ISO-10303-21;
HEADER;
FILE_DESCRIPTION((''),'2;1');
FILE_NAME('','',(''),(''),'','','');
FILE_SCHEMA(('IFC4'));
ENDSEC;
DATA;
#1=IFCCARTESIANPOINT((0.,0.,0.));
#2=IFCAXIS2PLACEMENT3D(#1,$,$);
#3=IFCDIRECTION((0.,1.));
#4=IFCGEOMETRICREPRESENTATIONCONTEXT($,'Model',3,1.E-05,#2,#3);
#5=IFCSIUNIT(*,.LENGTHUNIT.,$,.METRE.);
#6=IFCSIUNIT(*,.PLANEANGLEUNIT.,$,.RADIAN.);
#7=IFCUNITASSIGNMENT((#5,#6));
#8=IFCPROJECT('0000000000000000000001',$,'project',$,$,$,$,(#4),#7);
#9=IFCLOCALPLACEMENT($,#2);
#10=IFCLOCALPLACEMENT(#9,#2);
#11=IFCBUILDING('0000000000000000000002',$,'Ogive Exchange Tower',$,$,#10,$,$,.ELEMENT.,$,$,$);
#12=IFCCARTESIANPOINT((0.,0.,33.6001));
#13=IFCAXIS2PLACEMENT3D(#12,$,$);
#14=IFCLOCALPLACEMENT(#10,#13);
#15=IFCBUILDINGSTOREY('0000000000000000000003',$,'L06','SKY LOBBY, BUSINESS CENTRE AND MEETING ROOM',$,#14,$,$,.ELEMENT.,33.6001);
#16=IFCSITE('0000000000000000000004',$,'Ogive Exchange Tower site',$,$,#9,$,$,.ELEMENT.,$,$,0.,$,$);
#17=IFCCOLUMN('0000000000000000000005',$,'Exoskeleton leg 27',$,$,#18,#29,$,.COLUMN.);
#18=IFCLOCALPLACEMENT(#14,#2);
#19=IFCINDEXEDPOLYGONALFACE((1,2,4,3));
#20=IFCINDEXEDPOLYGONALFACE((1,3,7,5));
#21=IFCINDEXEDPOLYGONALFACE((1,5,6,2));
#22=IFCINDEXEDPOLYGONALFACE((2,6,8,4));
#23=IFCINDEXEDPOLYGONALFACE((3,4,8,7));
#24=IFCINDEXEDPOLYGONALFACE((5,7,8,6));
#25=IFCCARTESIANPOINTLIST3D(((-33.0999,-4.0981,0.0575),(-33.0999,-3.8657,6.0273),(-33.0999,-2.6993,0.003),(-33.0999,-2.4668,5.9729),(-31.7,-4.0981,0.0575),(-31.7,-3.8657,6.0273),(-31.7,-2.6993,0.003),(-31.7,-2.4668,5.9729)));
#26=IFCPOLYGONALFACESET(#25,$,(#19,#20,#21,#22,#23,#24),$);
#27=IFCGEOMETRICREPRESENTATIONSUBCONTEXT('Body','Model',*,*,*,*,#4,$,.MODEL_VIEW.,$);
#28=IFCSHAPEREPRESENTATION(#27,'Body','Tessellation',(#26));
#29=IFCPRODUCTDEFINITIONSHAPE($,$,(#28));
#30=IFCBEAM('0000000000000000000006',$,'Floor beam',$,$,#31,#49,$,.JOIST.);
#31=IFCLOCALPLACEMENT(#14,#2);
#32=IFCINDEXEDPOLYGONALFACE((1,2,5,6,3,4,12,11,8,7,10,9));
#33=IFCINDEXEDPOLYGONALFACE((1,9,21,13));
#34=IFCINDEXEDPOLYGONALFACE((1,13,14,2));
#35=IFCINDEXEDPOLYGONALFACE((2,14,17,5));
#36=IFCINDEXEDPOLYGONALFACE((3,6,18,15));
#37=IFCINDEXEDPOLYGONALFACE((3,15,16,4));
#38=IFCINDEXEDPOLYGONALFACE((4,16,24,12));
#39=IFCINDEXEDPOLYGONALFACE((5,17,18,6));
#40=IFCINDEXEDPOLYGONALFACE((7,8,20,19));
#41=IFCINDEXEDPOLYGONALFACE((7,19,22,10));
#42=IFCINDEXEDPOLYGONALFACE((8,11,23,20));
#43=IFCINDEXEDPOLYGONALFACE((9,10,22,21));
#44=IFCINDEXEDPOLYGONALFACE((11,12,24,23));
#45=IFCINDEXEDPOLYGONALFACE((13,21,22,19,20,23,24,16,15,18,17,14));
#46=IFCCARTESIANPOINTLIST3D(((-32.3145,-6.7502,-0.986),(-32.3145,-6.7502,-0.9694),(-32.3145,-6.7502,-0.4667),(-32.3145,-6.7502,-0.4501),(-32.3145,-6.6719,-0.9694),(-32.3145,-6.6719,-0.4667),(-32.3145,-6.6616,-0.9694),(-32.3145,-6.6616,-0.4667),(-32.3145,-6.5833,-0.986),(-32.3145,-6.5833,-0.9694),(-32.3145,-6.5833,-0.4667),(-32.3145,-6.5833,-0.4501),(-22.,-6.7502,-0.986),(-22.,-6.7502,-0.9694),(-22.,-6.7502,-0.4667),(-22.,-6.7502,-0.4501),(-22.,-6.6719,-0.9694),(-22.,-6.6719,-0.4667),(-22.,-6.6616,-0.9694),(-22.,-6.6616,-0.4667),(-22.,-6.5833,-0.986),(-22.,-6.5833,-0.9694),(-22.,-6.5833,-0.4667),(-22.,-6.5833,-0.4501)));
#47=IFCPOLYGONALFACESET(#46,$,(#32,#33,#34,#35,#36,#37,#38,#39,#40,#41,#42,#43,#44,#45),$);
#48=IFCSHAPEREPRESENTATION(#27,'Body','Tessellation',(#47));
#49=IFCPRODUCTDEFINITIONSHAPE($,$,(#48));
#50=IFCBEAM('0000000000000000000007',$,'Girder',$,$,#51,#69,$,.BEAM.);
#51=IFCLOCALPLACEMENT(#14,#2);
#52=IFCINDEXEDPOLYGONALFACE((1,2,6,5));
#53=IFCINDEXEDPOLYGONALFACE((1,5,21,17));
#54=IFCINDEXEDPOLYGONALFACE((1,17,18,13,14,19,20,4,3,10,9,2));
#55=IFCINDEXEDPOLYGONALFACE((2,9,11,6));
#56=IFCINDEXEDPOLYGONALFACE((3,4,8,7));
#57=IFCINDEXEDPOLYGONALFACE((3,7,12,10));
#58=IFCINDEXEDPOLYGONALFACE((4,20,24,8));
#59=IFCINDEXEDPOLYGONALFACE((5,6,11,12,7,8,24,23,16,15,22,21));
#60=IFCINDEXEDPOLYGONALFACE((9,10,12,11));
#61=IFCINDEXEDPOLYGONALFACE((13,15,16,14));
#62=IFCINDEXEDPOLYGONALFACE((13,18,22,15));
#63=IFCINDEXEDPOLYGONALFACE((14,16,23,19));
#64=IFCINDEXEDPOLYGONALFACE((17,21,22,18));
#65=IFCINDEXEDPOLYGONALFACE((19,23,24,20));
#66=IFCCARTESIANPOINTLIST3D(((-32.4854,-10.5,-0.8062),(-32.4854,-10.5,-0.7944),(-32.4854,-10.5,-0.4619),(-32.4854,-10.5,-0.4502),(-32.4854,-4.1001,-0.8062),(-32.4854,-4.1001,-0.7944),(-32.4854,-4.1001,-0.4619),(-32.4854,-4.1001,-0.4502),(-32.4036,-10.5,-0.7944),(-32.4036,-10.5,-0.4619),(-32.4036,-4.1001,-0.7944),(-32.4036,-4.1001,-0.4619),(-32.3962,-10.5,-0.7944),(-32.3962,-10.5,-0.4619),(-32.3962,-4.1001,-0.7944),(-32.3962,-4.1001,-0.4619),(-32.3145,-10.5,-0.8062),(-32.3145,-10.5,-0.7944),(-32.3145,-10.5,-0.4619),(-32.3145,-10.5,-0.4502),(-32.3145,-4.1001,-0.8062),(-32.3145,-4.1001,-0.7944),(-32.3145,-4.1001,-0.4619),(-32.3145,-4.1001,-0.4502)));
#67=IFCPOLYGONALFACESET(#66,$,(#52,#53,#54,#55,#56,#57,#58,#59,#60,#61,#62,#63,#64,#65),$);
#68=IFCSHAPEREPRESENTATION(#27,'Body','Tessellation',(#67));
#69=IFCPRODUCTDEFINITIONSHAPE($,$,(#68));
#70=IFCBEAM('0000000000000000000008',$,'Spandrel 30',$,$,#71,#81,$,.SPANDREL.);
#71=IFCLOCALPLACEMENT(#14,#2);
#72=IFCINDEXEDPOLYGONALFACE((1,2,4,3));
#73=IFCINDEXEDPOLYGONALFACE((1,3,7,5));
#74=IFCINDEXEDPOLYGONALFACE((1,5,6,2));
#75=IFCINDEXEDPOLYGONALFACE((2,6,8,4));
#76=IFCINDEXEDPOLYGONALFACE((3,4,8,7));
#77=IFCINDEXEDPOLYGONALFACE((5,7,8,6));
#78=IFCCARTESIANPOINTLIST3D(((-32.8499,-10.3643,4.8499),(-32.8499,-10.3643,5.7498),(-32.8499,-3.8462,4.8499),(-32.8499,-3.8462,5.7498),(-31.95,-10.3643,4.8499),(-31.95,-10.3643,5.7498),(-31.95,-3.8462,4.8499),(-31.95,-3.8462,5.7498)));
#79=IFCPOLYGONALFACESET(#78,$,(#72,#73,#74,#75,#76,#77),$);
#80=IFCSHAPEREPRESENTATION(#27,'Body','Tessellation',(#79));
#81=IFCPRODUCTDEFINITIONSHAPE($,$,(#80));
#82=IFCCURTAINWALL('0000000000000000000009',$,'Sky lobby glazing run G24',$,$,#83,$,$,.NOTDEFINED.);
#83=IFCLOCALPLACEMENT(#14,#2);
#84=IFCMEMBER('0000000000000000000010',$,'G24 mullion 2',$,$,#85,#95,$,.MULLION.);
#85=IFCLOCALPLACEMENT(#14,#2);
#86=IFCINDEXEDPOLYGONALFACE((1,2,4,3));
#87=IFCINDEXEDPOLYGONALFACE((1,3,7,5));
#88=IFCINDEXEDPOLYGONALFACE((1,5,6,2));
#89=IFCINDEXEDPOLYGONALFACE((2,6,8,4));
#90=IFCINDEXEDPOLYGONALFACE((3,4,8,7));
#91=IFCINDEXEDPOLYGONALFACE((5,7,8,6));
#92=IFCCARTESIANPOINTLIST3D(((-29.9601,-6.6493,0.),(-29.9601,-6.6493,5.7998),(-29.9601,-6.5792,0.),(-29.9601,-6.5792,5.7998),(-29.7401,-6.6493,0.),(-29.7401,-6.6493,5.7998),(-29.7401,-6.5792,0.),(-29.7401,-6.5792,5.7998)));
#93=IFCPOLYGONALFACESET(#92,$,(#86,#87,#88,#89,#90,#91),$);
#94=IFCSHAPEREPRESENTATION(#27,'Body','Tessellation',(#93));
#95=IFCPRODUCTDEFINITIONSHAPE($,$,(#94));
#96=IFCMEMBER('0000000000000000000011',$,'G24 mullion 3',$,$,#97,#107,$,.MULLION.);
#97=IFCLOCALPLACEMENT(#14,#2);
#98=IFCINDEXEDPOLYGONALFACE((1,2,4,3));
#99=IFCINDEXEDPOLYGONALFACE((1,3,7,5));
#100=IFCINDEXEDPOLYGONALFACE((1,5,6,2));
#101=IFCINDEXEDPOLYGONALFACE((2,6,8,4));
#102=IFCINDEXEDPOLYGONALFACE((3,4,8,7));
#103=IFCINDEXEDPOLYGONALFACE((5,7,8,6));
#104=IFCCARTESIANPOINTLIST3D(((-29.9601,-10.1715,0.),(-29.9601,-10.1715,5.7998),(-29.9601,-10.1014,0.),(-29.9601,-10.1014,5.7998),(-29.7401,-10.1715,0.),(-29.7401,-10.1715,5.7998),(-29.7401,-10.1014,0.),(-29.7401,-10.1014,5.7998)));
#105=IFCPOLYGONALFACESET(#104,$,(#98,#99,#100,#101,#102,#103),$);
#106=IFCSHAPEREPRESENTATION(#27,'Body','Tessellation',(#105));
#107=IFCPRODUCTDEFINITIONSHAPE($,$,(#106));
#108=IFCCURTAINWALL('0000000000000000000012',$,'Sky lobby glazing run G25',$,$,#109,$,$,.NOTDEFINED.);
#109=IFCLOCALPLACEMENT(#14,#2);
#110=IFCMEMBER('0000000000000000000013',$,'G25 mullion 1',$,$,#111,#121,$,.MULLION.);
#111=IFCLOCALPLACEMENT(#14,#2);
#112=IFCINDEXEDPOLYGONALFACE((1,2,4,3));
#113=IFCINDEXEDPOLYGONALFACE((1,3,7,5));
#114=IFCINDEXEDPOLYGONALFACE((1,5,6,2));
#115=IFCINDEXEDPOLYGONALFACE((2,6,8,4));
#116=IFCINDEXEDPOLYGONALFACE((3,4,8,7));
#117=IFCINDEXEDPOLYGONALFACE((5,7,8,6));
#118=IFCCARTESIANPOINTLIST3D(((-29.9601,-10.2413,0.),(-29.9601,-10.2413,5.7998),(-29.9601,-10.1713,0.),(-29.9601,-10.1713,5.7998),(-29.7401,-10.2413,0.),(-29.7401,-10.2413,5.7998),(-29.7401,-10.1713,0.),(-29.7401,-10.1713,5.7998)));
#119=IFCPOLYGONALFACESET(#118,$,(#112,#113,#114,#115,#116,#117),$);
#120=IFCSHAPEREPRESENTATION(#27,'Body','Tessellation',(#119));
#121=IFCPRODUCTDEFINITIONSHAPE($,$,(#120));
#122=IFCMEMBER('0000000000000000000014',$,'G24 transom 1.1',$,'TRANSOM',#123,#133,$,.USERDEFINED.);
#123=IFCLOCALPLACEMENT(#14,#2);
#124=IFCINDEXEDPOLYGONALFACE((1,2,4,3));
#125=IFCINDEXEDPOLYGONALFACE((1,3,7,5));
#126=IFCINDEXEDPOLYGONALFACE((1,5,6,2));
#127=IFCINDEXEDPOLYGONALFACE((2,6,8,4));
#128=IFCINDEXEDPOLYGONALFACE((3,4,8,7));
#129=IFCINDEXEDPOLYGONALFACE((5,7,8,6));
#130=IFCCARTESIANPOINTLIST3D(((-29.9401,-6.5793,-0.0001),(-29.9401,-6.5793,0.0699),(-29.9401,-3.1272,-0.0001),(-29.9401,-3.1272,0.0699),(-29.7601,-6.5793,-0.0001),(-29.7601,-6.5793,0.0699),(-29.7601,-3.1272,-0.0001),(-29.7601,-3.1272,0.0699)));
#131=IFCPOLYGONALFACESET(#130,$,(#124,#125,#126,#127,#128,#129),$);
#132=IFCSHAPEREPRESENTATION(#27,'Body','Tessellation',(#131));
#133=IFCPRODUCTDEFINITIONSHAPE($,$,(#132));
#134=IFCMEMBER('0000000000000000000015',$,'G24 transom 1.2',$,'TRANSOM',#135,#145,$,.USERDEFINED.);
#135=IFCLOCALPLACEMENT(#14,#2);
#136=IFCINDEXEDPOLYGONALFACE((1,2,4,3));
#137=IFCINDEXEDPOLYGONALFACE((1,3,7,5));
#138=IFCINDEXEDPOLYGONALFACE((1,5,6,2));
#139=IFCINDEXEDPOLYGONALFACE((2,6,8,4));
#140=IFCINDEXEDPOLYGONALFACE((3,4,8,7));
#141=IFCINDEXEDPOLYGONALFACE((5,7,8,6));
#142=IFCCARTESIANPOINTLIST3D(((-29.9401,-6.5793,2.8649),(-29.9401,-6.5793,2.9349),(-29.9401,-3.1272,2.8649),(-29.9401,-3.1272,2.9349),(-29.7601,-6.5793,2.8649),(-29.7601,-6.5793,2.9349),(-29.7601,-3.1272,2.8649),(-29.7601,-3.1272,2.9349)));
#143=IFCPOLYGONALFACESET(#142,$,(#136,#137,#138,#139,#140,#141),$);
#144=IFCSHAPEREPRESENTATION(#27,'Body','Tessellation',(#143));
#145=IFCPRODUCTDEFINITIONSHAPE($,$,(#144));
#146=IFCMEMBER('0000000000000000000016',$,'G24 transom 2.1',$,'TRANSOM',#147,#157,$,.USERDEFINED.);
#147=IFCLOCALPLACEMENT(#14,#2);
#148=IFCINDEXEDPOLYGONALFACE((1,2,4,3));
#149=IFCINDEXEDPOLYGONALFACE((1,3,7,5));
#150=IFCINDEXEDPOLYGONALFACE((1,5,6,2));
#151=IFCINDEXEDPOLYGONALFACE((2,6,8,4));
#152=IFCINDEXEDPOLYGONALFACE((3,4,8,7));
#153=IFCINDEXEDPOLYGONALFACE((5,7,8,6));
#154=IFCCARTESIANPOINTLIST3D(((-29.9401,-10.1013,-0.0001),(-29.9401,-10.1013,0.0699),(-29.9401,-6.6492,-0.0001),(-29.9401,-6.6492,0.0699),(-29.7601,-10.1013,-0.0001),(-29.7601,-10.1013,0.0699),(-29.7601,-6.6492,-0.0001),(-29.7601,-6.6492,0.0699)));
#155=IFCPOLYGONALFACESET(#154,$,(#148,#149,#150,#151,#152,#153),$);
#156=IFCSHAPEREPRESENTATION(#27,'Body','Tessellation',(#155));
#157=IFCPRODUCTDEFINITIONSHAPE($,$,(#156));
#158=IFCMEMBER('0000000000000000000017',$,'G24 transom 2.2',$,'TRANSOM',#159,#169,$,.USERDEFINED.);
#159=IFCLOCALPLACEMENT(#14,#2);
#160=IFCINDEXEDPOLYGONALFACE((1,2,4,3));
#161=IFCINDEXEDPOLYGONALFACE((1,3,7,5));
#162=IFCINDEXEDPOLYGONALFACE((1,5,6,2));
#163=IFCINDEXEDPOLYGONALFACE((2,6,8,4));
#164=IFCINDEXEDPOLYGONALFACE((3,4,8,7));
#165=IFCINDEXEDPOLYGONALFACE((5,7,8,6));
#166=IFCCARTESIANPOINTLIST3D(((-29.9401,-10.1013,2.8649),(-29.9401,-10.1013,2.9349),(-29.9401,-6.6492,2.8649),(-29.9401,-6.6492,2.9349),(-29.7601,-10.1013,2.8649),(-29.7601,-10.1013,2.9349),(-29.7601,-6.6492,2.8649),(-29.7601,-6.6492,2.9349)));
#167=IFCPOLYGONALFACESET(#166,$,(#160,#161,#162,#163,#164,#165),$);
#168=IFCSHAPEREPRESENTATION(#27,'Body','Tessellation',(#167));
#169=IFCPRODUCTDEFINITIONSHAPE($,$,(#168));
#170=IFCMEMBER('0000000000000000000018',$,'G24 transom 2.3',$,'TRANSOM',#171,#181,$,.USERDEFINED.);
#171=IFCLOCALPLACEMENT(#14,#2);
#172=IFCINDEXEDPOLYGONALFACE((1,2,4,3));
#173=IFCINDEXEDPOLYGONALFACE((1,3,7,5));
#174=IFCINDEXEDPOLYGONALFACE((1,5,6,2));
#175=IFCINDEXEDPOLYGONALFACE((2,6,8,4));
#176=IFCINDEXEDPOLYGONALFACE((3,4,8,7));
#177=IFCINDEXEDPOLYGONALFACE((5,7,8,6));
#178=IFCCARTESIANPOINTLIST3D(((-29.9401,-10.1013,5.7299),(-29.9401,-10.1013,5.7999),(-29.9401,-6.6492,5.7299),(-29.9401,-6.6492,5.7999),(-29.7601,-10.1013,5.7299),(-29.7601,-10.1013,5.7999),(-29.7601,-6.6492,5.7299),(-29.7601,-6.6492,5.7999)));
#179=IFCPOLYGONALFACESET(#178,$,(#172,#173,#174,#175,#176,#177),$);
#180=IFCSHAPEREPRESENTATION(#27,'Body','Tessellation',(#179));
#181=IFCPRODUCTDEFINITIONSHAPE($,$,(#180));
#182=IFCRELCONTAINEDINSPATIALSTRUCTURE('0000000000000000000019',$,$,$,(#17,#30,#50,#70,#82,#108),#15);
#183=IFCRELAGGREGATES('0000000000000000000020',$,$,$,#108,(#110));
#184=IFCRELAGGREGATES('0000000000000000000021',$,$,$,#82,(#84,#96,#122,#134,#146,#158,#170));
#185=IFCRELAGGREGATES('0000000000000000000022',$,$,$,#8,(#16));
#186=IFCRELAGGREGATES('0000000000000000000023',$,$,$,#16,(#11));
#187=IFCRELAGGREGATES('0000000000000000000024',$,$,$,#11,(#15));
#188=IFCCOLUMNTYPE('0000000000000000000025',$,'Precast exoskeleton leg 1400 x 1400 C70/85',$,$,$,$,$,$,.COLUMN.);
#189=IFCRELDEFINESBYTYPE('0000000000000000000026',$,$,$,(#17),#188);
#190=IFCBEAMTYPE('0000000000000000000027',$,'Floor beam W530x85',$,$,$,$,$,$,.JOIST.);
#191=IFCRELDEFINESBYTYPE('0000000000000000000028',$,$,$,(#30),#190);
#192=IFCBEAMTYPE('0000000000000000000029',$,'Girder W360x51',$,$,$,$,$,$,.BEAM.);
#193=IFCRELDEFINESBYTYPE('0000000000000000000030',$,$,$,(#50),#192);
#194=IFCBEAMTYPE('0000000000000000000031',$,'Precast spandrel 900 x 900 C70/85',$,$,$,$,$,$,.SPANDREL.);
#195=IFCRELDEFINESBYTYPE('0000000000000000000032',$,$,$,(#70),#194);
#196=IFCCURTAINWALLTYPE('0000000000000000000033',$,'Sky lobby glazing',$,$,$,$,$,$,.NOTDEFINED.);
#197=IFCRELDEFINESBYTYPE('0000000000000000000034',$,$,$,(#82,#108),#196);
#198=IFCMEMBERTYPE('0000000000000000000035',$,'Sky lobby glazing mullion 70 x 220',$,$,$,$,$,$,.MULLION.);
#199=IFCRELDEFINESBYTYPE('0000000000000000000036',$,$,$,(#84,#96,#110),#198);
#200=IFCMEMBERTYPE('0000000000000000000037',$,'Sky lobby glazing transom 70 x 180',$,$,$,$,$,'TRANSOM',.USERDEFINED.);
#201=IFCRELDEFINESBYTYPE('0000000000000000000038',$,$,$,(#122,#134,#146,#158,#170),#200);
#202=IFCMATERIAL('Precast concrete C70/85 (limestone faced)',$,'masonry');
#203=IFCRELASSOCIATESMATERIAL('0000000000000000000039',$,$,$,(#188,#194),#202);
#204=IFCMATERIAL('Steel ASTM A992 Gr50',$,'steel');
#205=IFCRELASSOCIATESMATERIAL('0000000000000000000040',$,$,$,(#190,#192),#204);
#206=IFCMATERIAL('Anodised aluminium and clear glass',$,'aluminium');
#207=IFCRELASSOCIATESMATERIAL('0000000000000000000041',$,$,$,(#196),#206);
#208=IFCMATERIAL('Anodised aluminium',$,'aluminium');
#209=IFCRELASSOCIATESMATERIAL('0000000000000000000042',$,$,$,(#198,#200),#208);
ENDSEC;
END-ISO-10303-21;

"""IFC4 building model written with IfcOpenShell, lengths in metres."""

from ifc_helpers import new_model, si_unit, direction, frame, origin, origin_2d, place, context, subcontext, project, spatial, rectangle, i_section, extrude, material, material_profile, profile_set, type_object, element, aggregate, save


model = new_model("IFC4")

# Units and contexts
model_context = context("Model", 3, precision=1e-05, world=origin(), true_north=direction((0.0, 1.0)))
body_context = subcontext(model_context, "Body", "Model", "MODEL_VIEW")
ifc_project = project(units=[si_unit("LENGTHUNIT", "METRE"), si_unit("PLANEANGLEUNIT", "RADIAN")], contexts=[model_context])

# Site, building, storey
site_placement = place(None, origin())
site = spatial("IfcSite", under=ifc_project, at=site_placement, Name="Ogive Exchange Tower site", CompositionType="ELEMENT", RefElevation=0.0)
building_placement = place(site_placement, origin())
building = spatial("IfcBuilding", under=site, at=building_placement, Name="Ogive Exchange Tower", CompositionType="ELEMENT")
storey_placement = place(building_placement, frame((0.0, 0.0, 33.6001)))
storey = spatial("IfcBuildingStorey", under=building, at=storey_placement, Name="L06", Description="SKY LOBBY, BUSINESS CENTRE AND MEETING ROOM", CompositionType="ELEMENT", Elevation=33.6001)

# Column
ifc_material_1 = material(Name="Precast concrete C70/85 (limestone faced)", Category="masonry")
ifc_material_profile_1 = material_profile(ifc_material_1, rectangle(XDim=1.3999, YDim=1.3999, at=origin_2d()), Name="1400 x 1400")
ifc_profile_set_1 = profile_set([ifc_material_profile_1], Name="Precast concrete C70/85 (limestone faced)")
column_type = type_object("IfcColumnType", Name="Precast exoskeleton leg 1400 x 1400 C70/85", PredefinedType="COLUMN", material=ifc_profile_set_1)
column_placement = place(storey_placement, frame((-32.3999, -3.3987, 0.0303), z_axis=(0.0, 0.038904, 0.999243), x_axis=(-1.0, 0.0, 0.0)))
element("IfcColumn", 1, at=column_placement, inside=storey, type_object=column_type, Name="Exoskeleton leg 27", PredefinedType="COLUMN", context=body_context, shape_type="SweptSolid", body=[
    extrude(rectangle(XDim=1.3999, YDim=1.3999, at=origin_2d()), origin(), (0.0, 0.0, 1.0), 5.9744),
])

# Beams
ifc_material_2 = material(Name="Steel ASTM A992 Gr50", Category="steel")
ifc_material_profile_2 = material_profile(ifc_material_2, i_section(OverallWidth=0.167, OverallDepth=0.5359, WebThickness=0.0103, FlangeThickness=0.0166, at=origin_2d()), Name="W530x85")
ifc_profile_set_2 = profile_set([ifc_material_profile_2], Name="Steel ASTM A992 Gr50")
beam_type_1 = type_object("IfcBeamType", Name="Floor beam W530x85", PredefinedType="JOIST", material=ifc_profile_set_2)
beam_1_placement = place(storey_placement, frame((-32.3145, -6.6667, -0.718), z_axis=(1.0, 0.0, 0.0), x_axis=(0.0, 1.0, 0.0)))
element("IfcBeam", 2, at=beam_1_placement, inside=storey, type_object=beam_type_1, Name="Floor beam", PredefinedType="JOIST", context=body_context, shape_type="SweptSolid", body=[
    extrude(i_section(OverallWidth=0.167, OverallDepth=0.5359, WebThickness=0.0103, FlangeThickness=0.0166, at=origin_2d()), origin(), (0.0, 0.0, 1.0), 10.3145),
])
ifc_material_profile_3 = material_profile(ifc_material_2, i_section(OverallWidth=0.1709, OverallDepth=0.356, WebThickness=0.0073, FlangeThickness=0.0117, at=origin_2d()), Name="W360x51")
ifc_profile_set_3 = profile_set([ifc_material_profile_3], Name="Steel ASTM A992 Gr50")
beam_type_2 = type_object("IfcBeamType", Name="Girder W360x51", PredefinedType="BEAM", material=ifc_profile_set_3)
beam_2_placement = place(storey_placement, frame((-32.3999, -4.1001, -0.6282), z_axis=(0.0, -1.0, 0.0), x_axis=(1.0, 0.0, 0.0)))
element("IfcBeam", 3, at=beam_2_placement, inside=storey, type_object=beam_type_2, Name="Girder", PredefinedType="BEAM", context=body_context, shape_type="SweptSolid", body=[
    extrude(i_section(OverallWidth=0.1709, OverallDepth=0.356, WebThickness=0.0073, FlangeThickness=0.0117, at=origin_2d()), origin(), (0.0, 0.0, 1.0), 6.3999),
])
ifc_material_profile_4 = material_profile(ifc_material_1, rectangle(XDim=0.8999, YDim=0.8999, at=origin_2d()), Name="900 x 900")
ifc_profile_set_4 = profile_set([ifc_material_profile_4], Name="Precast concrete C70/85 (limestone faced)")
beam_type_3 = type_object("IfcBeamType", Name="Precast spandrel 900 x 900 C70/85", PredefinedType="SPANDREL", material=ifc_profile_set_4)
beam_3_placement = place(storey_placement, frame((-32.3999, -3.8462, 5.2998), z_axis=(0.0, -1.0, 0.0), x_axis=(1.0, 0.0, 0.0)))
element("IfcBeam", 4, at=beam_3_placement, inside=storey, type_object=beam_type_3, Name="Spandrel 30", PredefinedType="SPANDREL", context=body_context, shape_type="SweptSolid", body=[
    extrude(rectangle(XDim=0.8999, YDim=0.8999, at=origin_2d()), origin(), (0.0, 0.0, 1.0), 6.5181),
])

# Curtain wall, members
ifc_material_3 = material(Name="Anodised aluminium and clear glass", Category="aluminium")
curtain_wall_type = type_object("IfcCurtainWallType", Name="Sky lobby glazing", PredefinedType="NOTDEFINED", material=ifc_material_3)
curtain_wall_1_placement = place(storey_placement, origin())
curtain_wall_1 = element("IfcCurtainWall", 5, at=curtain_wall_1_placement, inside=storey, type_object=curtain_wall_type, Name="Sky lobby glazing run G24", PredefinedType="NOTDEFINED")
ifc_material_4 = material(Name="Anodised aluminium", Category="aluminium")
ifc_material_profile_5 = material_profile(ifc_material_4, rectangle(XDim=0.22, YDim=0.0701, at=origin_2d()), Name="AL 70x220")
ifc_profile_set_5 = profile_set([ifc_material_profile_5], Name="Anodised aluminium")
member_type_1 = type_object("IfcMemberType", Name="Sky lobby glazing mullion 70 x 220", PredefinedType="MULLION", material=ifc_profile_set_5)
member_1_placement = place(storey_placement, frame((-29.8501, -6.6143, 0.0), z_axis=(0.0, 0.0, 1.0), x_axis=(1.0, 0.0, 0.0)))
member_1 = element("IfcMember", 6, at=member_1_placement, type_object=member_type_1, Name="G24 mullion 2", PredefinedType="MULLION", context=body_context, shape_type="SweptSolid", body=[
    extrude(rectangle(XDim=0.22, YDim=0.0701, at=origin_2d()), origin(), (0.0, 0.0, 1.0), 5.7998),
])
member_2_placement = place(storey_placement, frame((-29.8501, -10.1365, 0.0), z_axis=(0.0, 0.0, 1.0), x_axis=(1.0, 0.0, 0.0)))
member_2 = element("IfcMember", 7, at=member_2_placement, type_object=member_type_1, Name="G24 mullion 3", PredefinedType="MULLION", context=body_context, shape_type="SweptSolid", body=[
    extrude(rectangle(XDim=0.22, YDim=0.0701, at=origin_2d()), origin(), (0.0, 0.0, 1.0), 5.7998),
])

# Curtain wall, member
curtain_wall_2_placement = place(storey_placement, origin())
curtain_wall_2 = element("IfcCurtainWall", 8, at=curtain_wall_2_placement, inside=storey, type_object=curtain_wall_type, Name="Sky lobby glazing run G25", PredefinedType="NOTDEFINED")
member_3_placement = place(storey_placement, frame((-29.8501, -10.2063, 0.0), z_axis=(0.0, 0.0, 1.0), x_axis=(1.0, 0.0, 0.0)))
member_3 = element("IfcMember", 9, at=member_3_placement, type_object=member_type_1, Name="G25 mullion 1", PredefinedType="MULLION", context=body_context, shape_type="SweptSolid", body=[
    extrude(rectangle(XDim=0.22, YDim=0.0701, at=origin_2d()), origin(), (0.0, 0.0, 1.0), 5.7998),
])
aggregate(curtain_wall_2, [member_3])

# Members
ifc_material_profile_6 = material_profile(ifc_material_4, rectangle(XDim=0.1799, YDim=0.0701, at=origin_2d()), Name="AL 70x180")
ifc_profile_set_6 = profile_set([ifc_material_profile_6], Name="Anodised aluminium")
member_type_2 = type_object("IfcMemberType", Name="Sky lobby glazing transom 70 x 180", ElementType="TRANSOM", PredefinedType="USERDEFINED", material=ifc_profile_set_6)
member_4_placement = place(storey_placement, frame((-29.8501, -3.1272, 0.0349), z_axis=(0.0, -1.0, 0.0), x_axis=(1.0, 0.0, 0.0)))
member_4 = element("IfcMember", 10, at=member_4_placement, type_object=member_type_2, Name="G24 transom 1.1", ObjectType="TRANSOM", PredefinedType="USERDEFINED", context=body_context, shape_type="SweptSolid", body=[
    extrude(rectangle(XDim=0.1799, YDim=0.0701, at=origin_2d()), origin(), (0.0, 0.0, 1.0), 3.4521),
])
member_5_placement = place(storey_placement, frame((-29.8501, -3.1272, 2.8999), z_axis=(0.0, -1.0, 0.0), x_axis=(1.0, 0.0, 0.0)))
member_5 = element("IfcMember", 11, at=member_5_placement, type_object=member_type_2, Name="G24 transom 1.2", ObjectType="TRANSOM", PredefinedType="USERDEFINED", context=body_context, shape_type="SweptSolid", body=[
    extrude(rectangle(XDim=0.1799, YDim=0.0701, at=origin_2d()), origin(), (0.0, 0.0, 1.0), 3.4521),
])
member_6_placement = place(storey_placement, frame((-29.8501, -6.6492, 0.0349), z_axis=(0.0, -1.0, 0.0), x_axis=(1.0, 0.0, 0.0)))
member_6 = element("IfcMember", 12, at=member_6_placement, type_object=member_type_2, Name="G24 transom 2.1", ObjectType="TRANSOM", PredefinedType="USERDEFINED", context=body_context, shape_type="SweptSolid", body=[
    extrude(rectangle(XDim=0.1799, YDim=0.0701, at=origin_2d()), origin(), (0.0, 0.0, 1.0), 3.4521),
])
member_7_placement = place(storey_placement, frame((-29.8501, -6.6492, 2.8999), z_axis=(0.0, -1.0, 0.0), x_axis=(1.0, 0.0, 0.0)))
member_7 = element("IfcMember", 13, at=member_7_placement, type_object=member_type_2, Name="G24 transom 2.2", ObjectType="TRANSOM", PredefinedType="USERDEFINED", context=body_context, shape_type="SweptSolid", body=[
    extrude(rectangle(XDim=0.1799, YDim=0.0701, at=origin_2d()), origin(), (0.0, 0.0, 1.0), 3.4521),
])
member_8_placement = place(storey_placement, frame((-29.8501, -6.6492, 5.7649), z_axis=(0.0, -1.0, 0.0), x_axis=(1.0, 0.0, 0.0)))
member_8 = element("IfcMember", 14, at=member_8_placement, type_object=member_type_2, Name="G24 transom 2.3", ObjectType="TRANSOM", PredefinedType="USERDEFINED", context=body_context, shape_type="SweptSolid", body=[
    extrude(rectangle(XDim=0.1799, YDim=0.0701, at=origin_2d()), origin(), (0.0, 0.0, 1.0), 3.4521),
])

aggregate(curtain_wall_1, [member_1, member_2, member_4, member_5, member_6, member_7, member_8])

save(model, "model.ifc")
